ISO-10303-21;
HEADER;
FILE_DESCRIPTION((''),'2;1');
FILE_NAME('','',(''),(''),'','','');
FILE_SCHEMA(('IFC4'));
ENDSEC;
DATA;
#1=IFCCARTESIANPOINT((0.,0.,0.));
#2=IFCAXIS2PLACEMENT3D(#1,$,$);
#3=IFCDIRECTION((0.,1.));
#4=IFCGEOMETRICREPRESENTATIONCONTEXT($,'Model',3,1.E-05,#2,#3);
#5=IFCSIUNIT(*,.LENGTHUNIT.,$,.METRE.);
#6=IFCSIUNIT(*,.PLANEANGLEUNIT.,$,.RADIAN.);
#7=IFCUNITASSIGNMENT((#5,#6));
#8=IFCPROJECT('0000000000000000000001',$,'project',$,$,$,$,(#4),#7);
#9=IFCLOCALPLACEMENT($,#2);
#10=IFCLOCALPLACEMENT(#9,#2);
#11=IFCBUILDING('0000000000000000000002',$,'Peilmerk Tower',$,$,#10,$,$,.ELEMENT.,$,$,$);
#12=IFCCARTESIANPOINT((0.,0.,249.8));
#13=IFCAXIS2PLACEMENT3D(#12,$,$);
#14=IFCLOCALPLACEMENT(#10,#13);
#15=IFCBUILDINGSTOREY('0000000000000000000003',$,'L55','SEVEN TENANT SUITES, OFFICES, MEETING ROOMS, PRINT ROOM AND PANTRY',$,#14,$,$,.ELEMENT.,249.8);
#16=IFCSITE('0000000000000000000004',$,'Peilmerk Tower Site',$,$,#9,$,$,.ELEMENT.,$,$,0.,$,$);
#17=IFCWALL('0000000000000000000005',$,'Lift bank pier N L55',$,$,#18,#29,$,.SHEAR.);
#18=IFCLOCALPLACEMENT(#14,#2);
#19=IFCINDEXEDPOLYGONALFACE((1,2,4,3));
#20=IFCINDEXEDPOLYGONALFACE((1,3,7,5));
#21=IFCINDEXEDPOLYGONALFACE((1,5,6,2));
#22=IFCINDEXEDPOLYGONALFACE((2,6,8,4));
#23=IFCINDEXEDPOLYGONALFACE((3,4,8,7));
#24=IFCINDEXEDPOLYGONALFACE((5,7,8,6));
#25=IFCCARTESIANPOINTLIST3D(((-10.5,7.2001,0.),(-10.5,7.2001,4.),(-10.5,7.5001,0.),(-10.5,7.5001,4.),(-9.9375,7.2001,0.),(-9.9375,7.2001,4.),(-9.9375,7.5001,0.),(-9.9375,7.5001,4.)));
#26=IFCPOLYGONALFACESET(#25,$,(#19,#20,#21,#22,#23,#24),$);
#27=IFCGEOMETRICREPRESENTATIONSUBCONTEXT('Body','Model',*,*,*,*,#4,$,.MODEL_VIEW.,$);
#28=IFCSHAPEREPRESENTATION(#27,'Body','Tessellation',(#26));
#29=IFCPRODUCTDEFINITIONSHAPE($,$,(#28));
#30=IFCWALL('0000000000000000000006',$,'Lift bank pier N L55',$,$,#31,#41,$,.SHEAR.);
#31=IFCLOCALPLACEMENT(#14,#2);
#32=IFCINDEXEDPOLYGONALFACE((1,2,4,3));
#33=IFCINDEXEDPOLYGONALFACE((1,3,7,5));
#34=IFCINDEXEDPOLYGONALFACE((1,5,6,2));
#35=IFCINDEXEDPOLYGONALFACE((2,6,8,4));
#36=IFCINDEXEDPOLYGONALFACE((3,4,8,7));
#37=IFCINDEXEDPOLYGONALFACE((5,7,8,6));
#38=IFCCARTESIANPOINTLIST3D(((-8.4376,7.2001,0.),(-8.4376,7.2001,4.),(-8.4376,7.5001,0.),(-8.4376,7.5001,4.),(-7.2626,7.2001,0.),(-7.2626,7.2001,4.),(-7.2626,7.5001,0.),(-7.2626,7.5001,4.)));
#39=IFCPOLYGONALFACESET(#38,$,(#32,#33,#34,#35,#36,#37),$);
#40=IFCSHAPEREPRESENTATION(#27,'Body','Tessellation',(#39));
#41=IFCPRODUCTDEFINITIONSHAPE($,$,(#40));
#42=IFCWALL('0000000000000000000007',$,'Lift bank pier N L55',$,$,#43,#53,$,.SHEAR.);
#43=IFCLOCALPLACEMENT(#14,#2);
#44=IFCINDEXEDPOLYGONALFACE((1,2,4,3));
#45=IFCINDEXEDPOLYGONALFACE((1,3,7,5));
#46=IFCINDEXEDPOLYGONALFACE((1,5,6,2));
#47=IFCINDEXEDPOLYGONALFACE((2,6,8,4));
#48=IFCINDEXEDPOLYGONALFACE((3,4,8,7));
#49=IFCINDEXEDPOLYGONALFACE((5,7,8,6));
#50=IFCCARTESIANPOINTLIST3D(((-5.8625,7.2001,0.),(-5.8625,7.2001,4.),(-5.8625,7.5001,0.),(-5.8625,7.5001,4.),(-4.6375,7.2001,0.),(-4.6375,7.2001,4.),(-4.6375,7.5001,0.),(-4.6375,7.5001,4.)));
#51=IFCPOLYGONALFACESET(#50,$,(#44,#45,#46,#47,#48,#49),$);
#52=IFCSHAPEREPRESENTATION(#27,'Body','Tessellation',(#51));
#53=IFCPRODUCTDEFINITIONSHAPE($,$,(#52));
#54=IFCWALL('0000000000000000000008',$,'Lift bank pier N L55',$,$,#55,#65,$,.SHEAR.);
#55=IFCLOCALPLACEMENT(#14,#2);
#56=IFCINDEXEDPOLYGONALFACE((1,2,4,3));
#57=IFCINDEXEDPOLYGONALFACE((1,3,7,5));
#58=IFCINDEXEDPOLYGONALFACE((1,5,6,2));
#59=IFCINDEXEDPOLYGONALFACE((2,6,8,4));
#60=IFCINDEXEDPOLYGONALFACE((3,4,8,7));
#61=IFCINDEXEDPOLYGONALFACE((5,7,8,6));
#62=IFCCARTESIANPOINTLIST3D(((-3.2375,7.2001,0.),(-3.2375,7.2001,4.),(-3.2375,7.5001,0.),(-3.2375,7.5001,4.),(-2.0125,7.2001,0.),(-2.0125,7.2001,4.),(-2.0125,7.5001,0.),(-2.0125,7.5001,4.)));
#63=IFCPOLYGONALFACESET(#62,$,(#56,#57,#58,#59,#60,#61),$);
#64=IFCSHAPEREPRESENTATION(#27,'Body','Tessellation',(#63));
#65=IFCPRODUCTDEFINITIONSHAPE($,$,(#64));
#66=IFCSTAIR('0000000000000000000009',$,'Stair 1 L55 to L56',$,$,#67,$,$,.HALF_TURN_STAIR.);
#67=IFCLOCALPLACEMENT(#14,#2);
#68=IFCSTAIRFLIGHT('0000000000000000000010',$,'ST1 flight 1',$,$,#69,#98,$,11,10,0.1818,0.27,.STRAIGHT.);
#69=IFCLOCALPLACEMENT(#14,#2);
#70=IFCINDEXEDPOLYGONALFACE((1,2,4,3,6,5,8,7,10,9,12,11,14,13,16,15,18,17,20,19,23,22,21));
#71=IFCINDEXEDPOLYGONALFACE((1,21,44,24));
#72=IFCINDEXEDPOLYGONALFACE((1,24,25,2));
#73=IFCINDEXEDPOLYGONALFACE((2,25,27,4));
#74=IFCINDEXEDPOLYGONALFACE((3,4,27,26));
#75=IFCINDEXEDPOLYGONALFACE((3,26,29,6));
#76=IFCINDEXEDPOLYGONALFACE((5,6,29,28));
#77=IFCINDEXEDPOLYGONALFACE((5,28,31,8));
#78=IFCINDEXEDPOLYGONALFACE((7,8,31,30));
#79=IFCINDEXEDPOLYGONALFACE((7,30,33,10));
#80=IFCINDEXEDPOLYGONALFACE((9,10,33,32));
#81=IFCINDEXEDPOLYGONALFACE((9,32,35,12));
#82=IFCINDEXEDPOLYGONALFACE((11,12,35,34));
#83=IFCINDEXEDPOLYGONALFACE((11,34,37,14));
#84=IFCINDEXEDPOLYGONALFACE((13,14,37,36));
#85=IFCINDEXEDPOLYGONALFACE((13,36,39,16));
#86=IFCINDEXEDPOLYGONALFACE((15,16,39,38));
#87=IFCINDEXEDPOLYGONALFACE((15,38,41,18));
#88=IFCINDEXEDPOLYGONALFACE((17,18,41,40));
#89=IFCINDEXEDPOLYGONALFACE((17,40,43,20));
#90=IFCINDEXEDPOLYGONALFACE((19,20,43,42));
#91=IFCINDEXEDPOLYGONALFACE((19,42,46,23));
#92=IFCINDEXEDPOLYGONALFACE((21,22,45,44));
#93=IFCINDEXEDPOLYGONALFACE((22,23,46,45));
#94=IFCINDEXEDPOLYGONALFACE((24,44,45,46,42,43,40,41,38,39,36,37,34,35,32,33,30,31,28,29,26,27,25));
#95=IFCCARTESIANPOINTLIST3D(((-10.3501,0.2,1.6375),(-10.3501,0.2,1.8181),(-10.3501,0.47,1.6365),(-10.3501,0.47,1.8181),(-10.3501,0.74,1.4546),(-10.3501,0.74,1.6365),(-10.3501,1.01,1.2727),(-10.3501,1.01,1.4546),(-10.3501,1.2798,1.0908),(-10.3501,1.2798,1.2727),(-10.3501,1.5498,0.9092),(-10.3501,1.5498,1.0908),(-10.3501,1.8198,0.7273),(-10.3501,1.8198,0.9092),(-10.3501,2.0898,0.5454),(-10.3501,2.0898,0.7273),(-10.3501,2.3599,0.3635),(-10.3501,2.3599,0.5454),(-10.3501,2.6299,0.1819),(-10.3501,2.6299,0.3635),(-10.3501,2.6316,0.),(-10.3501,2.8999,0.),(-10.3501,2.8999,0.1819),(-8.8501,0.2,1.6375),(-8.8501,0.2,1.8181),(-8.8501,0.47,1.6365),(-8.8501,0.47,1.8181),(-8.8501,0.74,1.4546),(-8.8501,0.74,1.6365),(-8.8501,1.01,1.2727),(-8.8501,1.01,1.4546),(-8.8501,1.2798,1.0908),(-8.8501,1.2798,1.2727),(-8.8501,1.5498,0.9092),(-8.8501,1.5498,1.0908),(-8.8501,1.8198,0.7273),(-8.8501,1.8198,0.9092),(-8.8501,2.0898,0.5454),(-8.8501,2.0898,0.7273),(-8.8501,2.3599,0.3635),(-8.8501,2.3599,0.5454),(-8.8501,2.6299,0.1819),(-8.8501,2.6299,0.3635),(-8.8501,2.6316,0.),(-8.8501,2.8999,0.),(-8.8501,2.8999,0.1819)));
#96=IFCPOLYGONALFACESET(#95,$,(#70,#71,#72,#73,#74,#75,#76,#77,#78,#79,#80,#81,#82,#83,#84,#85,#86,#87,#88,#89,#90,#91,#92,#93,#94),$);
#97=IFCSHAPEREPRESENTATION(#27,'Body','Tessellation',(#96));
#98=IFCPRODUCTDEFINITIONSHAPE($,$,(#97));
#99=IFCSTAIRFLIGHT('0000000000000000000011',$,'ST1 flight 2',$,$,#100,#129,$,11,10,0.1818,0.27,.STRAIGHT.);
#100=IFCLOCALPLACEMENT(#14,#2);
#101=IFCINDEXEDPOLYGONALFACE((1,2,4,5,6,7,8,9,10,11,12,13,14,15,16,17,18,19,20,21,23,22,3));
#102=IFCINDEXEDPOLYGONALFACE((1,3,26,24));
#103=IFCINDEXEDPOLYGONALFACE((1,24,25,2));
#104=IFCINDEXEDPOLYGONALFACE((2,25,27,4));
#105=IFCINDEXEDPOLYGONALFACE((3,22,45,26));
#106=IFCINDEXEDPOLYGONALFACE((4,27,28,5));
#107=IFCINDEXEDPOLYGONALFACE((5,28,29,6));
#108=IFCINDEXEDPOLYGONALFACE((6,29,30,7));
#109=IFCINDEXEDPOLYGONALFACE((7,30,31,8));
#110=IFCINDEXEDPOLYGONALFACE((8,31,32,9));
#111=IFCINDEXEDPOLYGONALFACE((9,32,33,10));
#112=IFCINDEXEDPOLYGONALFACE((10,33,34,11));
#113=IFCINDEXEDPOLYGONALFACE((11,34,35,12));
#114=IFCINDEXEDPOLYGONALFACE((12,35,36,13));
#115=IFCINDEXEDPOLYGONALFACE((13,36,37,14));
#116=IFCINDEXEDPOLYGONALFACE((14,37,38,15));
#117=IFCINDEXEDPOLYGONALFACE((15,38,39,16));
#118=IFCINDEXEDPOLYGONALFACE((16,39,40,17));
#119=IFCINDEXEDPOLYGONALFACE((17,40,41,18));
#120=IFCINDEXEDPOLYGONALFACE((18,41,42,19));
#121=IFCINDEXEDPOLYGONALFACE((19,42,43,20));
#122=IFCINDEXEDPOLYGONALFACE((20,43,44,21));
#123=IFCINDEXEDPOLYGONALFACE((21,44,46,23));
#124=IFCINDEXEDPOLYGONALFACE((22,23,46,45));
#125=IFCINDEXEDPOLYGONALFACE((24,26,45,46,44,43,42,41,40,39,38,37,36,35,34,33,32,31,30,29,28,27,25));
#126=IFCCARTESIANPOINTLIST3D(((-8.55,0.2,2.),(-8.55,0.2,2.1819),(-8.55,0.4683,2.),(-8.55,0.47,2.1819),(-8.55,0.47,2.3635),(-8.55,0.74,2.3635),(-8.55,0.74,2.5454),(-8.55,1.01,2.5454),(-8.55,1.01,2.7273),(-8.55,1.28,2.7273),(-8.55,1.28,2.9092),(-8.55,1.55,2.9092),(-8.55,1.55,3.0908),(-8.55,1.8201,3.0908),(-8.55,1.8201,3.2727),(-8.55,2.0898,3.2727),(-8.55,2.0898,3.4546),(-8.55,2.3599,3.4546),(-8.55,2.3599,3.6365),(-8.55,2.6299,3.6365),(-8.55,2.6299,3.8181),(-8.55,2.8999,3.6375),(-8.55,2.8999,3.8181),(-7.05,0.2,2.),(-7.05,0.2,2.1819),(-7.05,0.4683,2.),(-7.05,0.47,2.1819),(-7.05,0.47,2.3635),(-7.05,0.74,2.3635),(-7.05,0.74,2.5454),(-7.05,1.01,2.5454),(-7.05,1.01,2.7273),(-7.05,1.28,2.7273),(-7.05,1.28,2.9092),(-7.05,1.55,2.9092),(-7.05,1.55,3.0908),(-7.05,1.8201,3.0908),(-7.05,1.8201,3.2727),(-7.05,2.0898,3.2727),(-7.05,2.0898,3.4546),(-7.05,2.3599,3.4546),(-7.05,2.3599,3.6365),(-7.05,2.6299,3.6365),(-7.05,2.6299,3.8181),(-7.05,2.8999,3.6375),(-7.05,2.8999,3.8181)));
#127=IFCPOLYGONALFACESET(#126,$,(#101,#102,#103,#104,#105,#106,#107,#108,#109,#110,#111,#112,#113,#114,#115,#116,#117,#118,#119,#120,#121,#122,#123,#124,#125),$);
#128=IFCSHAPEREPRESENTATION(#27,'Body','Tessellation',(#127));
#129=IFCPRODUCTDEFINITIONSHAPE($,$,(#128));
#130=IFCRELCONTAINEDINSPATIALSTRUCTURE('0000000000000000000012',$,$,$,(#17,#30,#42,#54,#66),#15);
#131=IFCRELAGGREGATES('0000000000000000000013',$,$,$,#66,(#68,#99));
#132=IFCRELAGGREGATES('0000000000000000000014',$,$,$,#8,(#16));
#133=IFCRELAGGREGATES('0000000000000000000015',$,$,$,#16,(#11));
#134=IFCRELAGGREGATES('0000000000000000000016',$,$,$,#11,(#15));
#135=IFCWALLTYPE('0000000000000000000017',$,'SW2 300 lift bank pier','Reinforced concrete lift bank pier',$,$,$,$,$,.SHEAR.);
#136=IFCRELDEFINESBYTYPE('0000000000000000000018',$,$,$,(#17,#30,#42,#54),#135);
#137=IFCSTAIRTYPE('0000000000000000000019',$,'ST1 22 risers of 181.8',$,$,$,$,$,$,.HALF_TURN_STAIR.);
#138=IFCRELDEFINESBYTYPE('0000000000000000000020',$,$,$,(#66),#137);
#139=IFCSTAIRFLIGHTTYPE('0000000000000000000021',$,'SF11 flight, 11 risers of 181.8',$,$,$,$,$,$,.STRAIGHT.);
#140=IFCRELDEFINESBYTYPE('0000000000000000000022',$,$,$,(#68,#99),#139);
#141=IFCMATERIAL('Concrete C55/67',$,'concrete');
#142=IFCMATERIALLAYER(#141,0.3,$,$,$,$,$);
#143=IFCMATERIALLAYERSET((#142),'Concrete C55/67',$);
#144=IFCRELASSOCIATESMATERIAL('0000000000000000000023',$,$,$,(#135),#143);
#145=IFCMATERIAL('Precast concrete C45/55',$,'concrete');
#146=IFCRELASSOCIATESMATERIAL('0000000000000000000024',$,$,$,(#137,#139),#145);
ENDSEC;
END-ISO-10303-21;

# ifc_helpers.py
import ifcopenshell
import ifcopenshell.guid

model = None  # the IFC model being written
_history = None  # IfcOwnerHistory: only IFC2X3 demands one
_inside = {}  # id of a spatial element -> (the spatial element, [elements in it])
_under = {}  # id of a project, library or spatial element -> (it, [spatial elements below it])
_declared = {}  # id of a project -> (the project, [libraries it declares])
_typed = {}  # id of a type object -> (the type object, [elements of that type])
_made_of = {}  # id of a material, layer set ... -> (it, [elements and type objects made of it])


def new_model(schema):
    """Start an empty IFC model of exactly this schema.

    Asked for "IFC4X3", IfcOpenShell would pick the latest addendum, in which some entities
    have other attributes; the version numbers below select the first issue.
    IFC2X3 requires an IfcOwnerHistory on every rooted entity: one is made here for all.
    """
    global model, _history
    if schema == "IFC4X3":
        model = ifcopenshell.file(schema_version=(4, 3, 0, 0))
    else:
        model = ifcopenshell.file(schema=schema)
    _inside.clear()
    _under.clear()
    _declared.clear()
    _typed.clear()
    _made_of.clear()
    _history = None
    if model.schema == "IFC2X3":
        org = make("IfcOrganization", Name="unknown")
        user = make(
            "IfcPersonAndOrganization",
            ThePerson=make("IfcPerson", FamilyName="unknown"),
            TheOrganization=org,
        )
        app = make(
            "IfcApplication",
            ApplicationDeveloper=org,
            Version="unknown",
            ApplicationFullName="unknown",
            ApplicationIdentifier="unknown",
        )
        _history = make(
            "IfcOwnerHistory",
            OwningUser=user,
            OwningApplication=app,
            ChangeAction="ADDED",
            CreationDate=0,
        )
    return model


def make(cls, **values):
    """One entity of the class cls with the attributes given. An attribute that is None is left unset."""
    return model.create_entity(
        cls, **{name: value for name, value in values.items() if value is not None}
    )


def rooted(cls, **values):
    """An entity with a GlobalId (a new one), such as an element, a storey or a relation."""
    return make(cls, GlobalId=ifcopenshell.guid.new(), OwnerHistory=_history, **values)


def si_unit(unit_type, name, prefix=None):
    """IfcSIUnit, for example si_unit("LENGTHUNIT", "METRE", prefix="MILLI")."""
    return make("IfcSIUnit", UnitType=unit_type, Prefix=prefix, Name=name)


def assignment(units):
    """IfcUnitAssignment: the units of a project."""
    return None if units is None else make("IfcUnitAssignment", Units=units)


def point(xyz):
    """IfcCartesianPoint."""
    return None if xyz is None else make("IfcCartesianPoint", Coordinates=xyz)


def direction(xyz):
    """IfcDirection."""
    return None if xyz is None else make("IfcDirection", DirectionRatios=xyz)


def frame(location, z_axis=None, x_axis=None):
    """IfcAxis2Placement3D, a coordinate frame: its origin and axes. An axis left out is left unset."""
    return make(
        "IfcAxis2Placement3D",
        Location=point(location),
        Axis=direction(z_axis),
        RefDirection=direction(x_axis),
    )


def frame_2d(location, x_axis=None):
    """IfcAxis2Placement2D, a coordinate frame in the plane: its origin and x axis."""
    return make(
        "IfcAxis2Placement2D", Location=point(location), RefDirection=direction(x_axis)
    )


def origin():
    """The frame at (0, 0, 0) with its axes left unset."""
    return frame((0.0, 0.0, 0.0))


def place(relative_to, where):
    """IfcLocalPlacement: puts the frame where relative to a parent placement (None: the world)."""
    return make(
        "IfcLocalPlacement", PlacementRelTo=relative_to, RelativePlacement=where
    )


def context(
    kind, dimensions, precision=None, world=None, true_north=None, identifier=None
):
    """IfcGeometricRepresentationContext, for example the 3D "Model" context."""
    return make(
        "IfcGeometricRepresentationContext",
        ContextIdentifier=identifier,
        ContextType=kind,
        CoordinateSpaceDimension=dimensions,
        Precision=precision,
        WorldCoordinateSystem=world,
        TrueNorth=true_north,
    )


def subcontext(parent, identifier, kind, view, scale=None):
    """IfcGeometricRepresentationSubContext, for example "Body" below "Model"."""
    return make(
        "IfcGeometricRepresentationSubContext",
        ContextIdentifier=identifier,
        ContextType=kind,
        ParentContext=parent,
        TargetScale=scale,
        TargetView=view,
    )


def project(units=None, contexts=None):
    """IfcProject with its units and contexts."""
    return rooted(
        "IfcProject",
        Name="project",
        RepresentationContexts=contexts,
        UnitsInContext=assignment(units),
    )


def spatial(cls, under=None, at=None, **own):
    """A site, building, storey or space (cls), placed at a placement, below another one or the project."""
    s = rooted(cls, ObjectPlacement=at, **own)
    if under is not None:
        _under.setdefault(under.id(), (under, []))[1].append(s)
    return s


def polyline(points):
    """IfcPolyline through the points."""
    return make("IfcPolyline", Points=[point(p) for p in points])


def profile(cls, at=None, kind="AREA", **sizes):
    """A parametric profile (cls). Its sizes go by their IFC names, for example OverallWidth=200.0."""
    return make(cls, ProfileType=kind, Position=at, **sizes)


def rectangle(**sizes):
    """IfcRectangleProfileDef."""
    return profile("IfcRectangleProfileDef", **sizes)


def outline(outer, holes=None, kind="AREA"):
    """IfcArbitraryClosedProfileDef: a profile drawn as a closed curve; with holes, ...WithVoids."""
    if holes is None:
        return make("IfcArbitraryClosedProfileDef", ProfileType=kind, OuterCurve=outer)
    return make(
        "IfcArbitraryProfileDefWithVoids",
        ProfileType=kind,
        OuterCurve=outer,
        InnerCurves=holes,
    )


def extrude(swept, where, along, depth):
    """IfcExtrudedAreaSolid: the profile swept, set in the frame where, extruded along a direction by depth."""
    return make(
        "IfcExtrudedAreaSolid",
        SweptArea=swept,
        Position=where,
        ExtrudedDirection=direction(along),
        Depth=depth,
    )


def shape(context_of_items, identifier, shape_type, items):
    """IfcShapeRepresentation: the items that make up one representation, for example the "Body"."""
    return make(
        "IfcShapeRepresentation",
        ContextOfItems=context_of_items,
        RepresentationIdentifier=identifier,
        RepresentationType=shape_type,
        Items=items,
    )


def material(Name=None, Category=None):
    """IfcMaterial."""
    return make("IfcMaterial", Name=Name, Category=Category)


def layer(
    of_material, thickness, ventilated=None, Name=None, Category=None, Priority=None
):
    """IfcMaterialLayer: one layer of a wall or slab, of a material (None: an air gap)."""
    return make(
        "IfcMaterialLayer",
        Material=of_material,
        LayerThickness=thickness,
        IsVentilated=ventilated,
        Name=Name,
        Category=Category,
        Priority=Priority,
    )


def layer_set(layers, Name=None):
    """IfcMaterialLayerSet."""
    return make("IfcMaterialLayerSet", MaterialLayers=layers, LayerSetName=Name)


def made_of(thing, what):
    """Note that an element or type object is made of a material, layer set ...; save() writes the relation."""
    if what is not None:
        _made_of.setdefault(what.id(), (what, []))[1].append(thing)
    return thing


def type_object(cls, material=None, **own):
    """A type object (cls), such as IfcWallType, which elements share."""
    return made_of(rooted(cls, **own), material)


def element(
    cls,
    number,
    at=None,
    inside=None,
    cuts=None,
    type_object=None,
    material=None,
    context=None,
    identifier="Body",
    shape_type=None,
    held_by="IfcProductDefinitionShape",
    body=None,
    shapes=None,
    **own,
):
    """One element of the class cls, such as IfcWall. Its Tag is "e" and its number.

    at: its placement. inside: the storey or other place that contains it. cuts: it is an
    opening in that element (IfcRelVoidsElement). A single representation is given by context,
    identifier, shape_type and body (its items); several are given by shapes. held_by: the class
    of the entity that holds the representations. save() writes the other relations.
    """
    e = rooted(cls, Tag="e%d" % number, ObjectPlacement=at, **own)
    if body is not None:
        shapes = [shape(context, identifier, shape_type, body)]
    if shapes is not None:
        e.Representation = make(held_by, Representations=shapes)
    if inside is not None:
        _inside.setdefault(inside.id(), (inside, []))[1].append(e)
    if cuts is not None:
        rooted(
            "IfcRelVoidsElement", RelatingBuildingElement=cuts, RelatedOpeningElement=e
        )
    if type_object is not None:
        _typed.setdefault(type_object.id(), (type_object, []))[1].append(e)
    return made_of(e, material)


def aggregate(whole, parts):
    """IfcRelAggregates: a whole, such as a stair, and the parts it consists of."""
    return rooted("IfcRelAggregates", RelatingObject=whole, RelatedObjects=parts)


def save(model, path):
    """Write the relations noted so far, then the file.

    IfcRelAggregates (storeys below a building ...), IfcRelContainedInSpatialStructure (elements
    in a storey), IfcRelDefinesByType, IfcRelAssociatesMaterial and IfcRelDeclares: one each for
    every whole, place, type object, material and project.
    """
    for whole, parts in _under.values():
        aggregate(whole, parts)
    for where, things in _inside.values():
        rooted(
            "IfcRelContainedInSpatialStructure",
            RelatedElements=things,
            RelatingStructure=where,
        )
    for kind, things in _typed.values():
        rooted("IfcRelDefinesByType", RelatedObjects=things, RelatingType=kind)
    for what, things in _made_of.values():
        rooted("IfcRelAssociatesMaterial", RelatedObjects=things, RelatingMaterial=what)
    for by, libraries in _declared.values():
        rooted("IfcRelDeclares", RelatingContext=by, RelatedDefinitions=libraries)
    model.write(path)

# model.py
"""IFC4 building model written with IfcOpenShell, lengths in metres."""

from ifc_helpers import new_model, si_unit, direction, frame, frame_2d, origin, place, context, subcontext, project, spatial, polyline, rectangle, outline, extrude, material, layer, layer_set, type_object, element, aggregate, save


model = new_model("IFC4")

# Units and contexts
model_context = context("Model", 3, precision=1e-05, world=origin(), true_north=direction((0.0, 1.0)))
body_context = subcontext(model_context, "Body", "Model", "MODEL_VIEW")
ifc_project = project(units=[si_unit("LENGTHUNIT", "METRE"), si_unit("PLANEANGLEUNIT", "RADIAN")], contexts=[model_context])

# Site, building, storey
site_placement = place(None, origin())
site = spatial("IfcSite", under=ifc_project, at=site_placement, Name="Peilmerk Tower Site", CompositionType="ELEMENT", RefElevation=0.0)
building_placement = place(site_placement, origin())
building = spatial("IfcBuilding", under=site, at=building_placement, Name="Peilmerk Tower", CompositionType="ELEMENT")
storey_placement = place(building_placement, frame((0.0, 0.0, 249.8)))
storey = spatial("IfcBuildingStorey", under=building, at=storey_placement, Name="L55", Description="SEVEN TENANT SUITES, OFFICES, MEETING ROOMS, PRINT ROOM AND PANTRY", CompositionType="ELEMENT", Elevation=249.8)

# Shared definitions
ifc_material_1 = material(Name="Concrete C55/67", Category="concrete")

# Walls
ifc_layer_1 = layer(ifc_material_1, 0.3)
ifc_layer_set_1 = layer_set([ifc_layer_1], Name="Concrete C55/67")
wall_type_1 = type_object("IfcWallType", Name="SW2 300 lift bank pier", Description="Reinforced concrete lift bank pier", PredefinedType="SHEAR", material=ifc_layer_set_1)
wall_1_placement = place(storey_placement, frame((-10.5, 7.3501, 0.0), z_axis=(0.0, 0.0, 1.0), x_axis=(1.0, 0.0, 0.0)))
element("IfcWall", 1, at=wall_1_placement, inside=storey, type_object=wall_type_1, Name="Lift bank pier N L55", PredefinedType="SHEAR", context=body_context, shape_type="SweptSolid", body=[
    extrude(rectangle(XDim=0.5625, YDim=0.3, at=frame_2d((0.2812, 0.0))), origin(), (0.0, 0.0, 1.0), 4.0),
])
wall_2_placement = place(storey_placement, frame((-8.4375, 7.3501, 0.0), z_axis=(0.0, 0.0, 1.0), x_axis=(1.0, 0.0, 0.0)))
element("IfcWall", 2, at=wall_2_placement, inside=storey, type_object=wall_type_1, Name="Lift bank pier N L55", PredefinedType="SHEAR", context=body_context, shape_type="SweptSolid", body=[
    extrude(rectangle(XDim=1.175, YDim=0.3, at=frame_2d((0.5874, 0.0))), origin(), (0.0, 0.0, 1.0), 4.0),
])
for number, where, z_axis, x_axis, name in (
    (3, (-5.8625, 7.3501, 0.0), (0.0, 0.0, 1.0), (1.0, 0.0, 0.0), "Lift bank pier N L55"),
    (4, (-3.2375, 7.3501, 0.0), (0.0, 0.0, 1.0), (1.0, 0.0, 0.0), "Lift bank pier N L55"),
):
    element("IfcWall", number, at=place(storey_placement, frame(where, z_axis=z_axis, x_axis=x_axis)), inside=storey, type_object=wall_type_1, Name=name, PredefinedType="SHEAR", context=body_context, shape_type="SweptSolid", body=[
        extrude(rectangle(XDim=1.2251, YDim=0.3, at=frame_2d((0.6125, 0.0))), origin(), (0.0, 0.0, 1.0), 4.0),
    ])

# Stair, stair flights
ifc_material_2 = material(Name="Precast concrete C45/55", Category="concrete")
stair_type = type_object("IfcStairType", Name="ST1 22 risers of 181.8", PredefinedType="HALF_TURN_STAIR", material=ifc_material_2)
stair_placement = place(storey_placement, origin())
stair = element("IfcStair", 5, at=stair_placement, inside=storey, type_object=stair_type, Name="Stair 1 L55 to L56", PredefinedType="HALF_TURN_STAIR")
stair_flight_type = type_object("IfcStairFlightType", Name="SF11 flight, 11 risers of 181.8", PredefinedType="STRAIGHT", material=ifc_material_2)
stair_flight_1_placement = place(storey_placement, frame((-9.6001, 2.8999, 0.0), z_axis=(0.0, 0.0, 1.0), x_axis=(0.0, -1.0, 0.0)))
stair_flight_1 = element("IfcStairFlight", 6, at=stair_flight_1_placement, type_object=stair_flight_type, Name="ST1 flight 1", NumberOfRisers=11, NumberOfTreads=10, PredefinedType="STRAIGHT", RiserHeight=0.1818, TreadLength=0.27, context=body_context, shape_type="SweptSolid", body=[
    extrude(outline(polyline([(0.0, 0.0), (0.0, 0.1819), (0.27, 0.1819), (0.27, 0.3635), (0.54, 0.3635), (0.54, 0.5454), (0.8101, 0.5454), (0.8101, 0.7273), (1.0801, 0.7273), (1.0801, 0.9092), (1.3501, 0.9092), (1.3501, 1.0908), (1.6201, 1.0908), (1.6201, 1.2727), (1.8899, 1.2727), (1.8899, 1.4546), (2.1599, 1.4546), (2.1599, 1.6365), (2.4299, 1.6365), (2.4299, 1.8181), (2.7, 1.8181), (2.7, 2.0), (2.7, 1.6375), (0.2683, 0.0), (0.0, 0.0)])), frame((0.0, 0.75, 0.0), z_axis=(0.0, -1.0, 0.0), x_axis=(1.0, 0.0, 0.0)), (0.0, 0.0, 1.0), 1.5),
])
stair_flight_2_placement = place(storey_placement, frame((-7.8, 0.2, 2.0), z_axis=(0.0, 0.0, 1.0), x_axis=(0.0, 1.0, 0.0)))
stair_flight_2 = element("IfcStairFlight", 7, at=stair_flight_2_placement, type_object=stair_flight_type, Name="ST1 flight 2", NumberOfRisers=11, NumberOfTreads=10, PredefinedType="STRAIGHT", RiserHeight=0.1818, TreadLength=0.27, context=body_context, shape_type="SweptSolid", body=[
    extrude(outline(polyline([(0.0, 0.0), (0.0, 0.1819), (0.27, 0.1819), (0.27, 0.3635), (0.54, 0.3635), (0.54, 0.5454), (0.8101, 0.5454), (0.8101, 0.7273), (1.0801, 0.7273), (1.0801, 0.9092), (1.3501, 0.9092), (1.3501, 1.0908), (1.6201, 1.0908), (1.6201, 1.2727), (1.8899, 1.2727), (1.8899, 1.4546), (2.1599, 1.4546), (2.1599, 1.6365), (2.4299, 1.6365), (2.4299, 1.8181), (2.7, 1.8181), (2.7, 2.0), (2.7, 1.6375), (0.2683, 0.0), (0.0, 0.0)])), frame((0.0, 0.75, 0.0), z_axis=(0.0, -1.0, 0.0), x_axis=(1.0, 0.0, 0.0)), (0.0, 0.0, 1.0), 1.5),
])
aggregate(stair, [stair_flight_1, stair_flight_2])

save(model, "model.ifc")
